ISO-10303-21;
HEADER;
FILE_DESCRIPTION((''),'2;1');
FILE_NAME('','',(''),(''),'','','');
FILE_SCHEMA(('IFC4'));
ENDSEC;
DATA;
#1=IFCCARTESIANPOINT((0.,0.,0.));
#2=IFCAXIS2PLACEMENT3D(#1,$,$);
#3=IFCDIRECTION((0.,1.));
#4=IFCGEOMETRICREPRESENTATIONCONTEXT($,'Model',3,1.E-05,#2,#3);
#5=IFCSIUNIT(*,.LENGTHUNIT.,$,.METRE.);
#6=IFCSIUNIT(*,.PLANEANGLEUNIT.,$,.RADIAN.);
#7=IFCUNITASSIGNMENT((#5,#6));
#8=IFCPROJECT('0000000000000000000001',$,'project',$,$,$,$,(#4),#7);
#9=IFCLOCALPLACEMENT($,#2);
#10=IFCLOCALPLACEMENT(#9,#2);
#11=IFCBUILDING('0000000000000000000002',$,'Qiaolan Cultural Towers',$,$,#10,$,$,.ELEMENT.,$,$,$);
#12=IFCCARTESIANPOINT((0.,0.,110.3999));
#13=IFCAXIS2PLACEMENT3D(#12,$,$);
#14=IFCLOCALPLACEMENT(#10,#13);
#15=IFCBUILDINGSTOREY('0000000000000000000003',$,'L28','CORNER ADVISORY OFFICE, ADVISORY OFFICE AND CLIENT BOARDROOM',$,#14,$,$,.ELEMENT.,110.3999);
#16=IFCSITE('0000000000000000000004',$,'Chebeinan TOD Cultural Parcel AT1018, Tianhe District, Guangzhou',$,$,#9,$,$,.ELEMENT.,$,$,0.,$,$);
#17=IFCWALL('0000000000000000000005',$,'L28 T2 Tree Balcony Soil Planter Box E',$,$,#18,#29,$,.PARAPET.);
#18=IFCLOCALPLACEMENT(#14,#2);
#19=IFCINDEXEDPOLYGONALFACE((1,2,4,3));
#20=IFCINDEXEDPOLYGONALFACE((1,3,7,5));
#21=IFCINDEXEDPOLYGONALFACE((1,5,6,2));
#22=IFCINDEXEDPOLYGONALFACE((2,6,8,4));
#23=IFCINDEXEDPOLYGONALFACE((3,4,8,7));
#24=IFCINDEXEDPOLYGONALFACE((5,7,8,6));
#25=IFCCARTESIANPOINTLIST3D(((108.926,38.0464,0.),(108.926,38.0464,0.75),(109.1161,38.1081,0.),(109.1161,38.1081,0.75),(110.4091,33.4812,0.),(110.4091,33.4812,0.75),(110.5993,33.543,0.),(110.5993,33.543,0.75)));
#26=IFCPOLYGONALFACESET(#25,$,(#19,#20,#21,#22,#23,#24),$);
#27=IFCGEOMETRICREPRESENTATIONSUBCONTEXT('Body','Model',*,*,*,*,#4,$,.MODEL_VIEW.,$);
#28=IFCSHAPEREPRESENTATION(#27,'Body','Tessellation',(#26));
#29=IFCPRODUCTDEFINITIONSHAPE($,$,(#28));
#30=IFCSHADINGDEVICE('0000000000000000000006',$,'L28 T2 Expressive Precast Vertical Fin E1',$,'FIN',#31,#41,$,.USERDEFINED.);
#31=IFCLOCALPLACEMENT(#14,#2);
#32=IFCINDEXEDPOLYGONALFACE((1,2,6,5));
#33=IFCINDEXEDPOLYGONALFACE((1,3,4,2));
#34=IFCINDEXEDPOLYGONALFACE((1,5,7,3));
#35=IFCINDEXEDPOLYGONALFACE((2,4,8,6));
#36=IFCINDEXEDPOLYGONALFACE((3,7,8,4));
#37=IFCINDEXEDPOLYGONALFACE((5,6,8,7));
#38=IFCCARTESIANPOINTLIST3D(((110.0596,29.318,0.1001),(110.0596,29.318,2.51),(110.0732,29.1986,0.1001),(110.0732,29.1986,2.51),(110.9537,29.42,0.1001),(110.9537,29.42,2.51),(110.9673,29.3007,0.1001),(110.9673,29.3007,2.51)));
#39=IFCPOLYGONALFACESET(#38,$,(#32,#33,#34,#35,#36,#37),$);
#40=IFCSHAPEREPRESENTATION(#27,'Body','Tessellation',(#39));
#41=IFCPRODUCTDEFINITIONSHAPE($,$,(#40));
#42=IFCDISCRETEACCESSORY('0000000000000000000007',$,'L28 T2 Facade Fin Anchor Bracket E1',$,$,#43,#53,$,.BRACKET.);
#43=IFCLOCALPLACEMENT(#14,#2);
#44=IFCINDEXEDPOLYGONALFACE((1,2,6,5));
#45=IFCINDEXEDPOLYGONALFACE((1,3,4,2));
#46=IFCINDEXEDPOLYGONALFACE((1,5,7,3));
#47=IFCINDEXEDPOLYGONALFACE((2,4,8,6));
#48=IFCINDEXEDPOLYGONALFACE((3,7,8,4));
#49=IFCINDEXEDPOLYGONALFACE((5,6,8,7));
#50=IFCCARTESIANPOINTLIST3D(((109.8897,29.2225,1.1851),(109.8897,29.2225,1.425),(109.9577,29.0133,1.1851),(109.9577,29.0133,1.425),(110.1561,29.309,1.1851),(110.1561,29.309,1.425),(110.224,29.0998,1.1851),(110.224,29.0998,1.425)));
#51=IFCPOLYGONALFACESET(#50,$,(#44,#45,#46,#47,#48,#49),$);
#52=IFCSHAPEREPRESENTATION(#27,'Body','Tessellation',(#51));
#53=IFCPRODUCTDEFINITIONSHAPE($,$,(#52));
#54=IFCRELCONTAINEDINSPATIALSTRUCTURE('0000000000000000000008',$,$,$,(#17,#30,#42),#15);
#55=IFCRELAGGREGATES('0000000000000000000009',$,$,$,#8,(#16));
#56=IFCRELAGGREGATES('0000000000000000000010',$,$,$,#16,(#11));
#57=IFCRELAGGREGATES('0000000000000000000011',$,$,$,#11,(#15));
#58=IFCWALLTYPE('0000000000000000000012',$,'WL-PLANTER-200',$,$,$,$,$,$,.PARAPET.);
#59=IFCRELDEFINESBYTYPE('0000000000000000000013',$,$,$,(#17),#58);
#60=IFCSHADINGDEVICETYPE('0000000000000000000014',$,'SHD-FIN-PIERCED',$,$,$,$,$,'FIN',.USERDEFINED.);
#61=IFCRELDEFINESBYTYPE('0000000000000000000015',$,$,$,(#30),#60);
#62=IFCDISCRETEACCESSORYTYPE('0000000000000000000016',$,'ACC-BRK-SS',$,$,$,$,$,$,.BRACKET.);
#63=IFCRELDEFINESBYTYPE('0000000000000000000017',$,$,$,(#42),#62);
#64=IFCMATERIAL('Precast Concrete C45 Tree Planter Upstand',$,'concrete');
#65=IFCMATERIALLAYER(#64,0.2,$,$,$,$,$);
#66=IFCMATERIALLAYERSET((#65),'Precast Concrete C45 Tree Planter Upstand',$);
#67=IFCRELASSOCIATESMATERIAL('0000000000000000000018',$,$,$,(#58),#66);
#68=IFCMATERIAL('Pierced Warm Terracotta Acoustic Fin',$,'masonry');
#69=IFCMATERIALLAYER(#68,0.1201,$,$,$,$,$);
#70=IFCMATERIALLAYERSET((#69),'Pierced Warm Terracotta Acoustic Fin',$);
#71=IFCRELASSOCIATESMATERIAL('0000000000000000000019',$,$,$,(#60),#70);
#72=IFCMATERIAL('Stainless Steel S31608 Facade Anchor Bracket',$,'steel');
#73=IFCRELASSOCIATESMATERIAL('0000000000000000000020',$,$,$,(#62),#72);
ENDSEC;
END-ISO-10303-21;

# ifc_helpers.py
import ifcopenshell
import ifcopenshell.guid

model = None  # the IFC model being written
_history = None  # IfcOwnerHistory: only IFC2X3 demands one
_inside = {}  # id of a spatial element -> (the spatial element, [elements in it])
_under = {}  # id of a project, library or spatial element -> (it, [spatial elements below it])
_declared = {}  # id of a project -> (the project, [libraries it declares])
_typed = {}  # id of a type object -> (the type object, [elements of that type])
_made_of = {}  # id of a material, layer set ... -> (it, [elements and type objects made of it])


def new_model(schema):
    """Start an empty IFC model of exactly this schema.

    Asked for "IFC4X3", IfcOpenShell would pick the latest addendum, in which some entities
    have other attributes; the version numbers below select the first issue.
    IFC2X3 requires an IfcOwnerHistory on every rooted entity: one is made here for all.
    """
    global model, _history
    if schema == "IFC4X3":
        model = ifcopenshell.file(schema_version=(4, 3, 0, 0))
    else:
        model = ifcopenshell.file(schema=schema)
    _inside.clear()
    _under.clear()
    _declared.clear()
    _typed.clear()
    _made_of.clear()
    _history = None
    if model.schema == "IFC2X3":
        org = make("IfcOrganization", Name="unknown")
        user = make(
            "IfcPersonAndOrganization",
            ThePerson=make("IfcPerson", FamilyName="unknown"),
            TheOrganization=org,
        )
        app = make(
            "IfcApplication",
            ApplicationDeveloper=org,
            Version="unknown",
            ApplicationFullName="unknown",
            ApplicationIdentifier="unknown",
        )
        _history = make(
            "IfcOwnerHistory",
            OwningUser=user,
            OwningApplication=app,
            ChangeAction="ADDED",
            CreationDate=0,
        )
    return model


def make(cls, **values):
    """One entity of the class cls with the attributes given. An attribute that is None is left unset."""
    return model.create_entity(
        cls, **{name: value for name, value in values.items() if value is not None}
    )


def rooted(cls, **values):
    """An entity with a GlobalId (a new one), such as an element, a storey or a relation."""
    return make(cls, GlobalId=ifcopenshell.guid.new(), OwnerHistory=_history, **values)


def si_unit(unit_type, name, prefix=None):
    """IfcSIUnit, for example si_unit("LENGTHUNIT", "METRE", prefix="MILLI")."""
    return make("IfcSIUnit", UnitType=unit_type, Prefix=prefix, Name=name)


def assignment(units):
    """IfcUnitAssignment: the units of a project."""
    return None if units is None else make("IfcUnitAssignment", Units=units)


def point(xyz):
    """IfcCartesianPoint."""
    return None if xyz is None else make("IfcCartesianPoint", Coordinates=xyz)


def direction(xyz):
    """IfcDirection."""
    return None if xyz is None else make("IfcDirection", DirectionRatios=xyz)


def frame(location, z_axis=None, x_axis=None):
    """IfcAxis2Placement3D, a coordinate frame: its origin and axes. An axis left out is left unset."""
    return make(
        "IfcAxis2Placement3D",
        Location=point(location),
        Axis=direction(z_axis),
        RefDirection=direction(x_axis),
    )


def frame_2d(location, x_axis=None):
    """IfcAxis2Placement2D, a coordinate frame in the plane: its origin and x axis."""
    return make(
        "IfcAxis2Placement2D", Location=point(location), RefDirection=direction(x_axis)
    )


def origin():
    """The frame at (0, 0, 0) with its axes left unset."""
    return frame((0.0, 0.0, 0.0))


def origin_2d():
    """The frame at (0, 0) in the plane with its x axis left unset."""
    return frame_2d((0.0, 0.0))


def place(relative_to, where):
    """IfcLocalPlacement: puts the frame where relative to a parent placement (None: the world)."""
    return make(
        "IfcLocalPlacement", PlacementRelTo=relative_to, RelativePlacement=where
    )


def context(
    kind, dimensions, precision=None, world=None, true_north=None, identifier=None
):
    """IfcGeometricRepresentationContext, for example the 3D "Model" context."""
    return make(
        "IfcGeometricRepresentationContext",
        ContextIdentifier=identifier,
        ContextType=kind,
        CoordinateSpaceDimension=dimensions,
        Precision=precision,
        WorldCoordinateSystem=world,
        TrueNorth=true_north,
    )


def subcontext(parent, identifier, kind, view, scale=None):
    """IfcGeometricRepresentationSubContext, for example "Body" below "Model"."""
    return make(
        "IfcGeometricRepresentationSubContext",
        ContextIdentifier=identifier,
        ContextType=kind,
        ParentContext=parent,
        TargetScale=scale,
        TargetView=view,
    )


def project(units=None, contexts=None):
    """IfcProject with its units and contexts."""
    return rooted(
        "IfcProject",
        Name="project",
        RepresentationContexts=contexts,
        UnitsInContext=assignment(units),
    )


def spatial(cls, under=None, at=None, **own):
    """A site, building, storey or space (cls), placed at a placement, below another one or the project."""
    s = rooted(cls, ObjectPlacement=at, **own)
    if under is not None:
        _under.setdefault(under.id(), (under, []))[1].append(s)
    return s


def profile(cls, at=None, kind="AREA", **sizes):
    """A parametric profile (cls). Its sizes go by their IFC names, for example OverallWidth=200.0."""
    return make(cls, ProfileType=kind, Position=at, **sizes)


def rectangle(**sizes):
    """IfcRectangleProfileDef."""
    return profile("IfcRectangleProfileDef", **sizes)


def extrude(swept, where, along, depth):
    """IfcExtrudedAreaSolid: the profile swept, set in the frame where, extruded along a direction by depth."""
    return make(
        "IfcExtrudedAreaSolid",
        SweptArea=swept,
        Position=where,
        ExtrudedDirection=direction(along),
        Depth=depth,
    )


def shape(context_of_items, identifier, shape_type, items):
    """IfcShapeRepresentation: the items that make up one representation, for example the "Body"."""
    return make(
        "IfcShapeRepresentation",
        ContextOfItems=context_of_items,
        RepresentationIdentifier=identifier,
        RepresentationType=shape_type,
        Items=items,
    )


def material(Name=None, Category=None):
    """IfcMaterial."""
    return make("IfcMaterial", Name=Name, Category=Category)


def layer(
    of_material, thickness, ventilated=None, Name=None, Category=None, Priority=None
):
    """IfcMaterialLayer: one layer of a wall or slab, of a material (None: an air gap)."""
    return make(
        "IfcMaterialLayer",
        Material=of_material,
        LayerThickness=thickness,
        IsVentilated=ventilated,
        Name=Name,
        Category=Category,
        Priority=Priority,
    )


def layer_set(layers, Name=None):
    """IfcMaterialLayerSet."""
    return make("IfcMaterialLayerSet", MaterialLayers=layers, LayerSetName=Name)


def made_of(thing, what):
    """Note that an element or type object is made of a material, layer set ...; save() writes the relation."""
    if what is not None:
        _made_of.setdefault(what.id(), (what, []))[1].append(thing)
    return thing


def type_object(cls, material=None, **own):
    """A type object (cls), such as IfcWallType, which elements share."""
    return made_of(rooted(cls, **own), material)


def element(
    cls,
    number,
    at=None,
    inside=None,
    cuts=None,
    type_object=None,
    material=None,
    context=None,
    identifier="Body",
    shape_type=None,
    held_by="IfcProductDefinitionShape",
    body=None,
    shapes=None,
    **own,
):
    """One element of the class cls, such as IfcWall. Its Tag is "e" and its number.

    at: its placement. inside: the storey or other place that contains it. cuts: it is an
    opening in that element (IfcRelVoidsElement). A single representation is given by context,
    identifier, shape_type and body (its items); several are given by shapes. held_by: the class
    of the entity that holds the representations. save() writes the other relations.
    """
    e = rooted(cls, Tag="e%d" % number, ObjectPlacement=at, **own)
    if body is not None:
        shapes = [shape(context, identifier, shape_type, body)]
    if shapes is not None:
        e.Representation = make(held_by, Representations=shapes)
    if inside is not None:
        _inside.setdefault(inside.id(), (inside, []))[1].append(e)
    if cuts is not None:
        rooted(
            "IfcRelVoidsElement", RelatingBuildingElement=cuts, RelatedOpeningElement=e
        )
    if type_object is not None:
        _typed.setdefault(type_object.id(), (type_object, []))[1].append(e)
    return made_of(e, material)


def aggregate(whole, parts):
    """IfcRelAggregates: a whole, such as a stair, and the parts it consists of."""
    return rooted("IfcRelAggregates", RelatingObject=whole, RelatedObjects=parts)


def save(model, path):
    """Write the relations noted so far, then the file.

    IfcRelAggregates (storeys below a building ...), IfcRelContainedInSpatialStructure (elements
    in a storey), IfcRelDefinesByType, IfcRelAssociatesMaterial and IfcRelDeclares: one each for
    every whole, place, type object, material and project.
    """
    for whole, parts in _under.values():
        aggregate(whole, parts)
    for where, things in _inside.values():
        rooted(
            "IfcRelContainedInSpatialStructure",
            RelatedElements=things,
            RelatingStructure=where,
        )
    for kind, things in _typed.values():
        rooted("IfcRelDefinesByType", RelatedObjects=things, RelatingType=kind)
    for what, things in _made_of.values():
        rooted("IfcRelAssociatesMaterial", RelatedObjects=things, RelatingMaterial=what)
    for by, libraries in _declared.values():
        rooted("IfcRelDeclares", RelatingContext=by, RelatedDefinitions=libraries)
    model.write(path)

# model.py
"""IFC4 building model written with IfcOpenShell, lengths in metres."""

from ifc_helpers import new_model, si_unit, direction, frame, frame_2d, origin, origin_2d, place, context, subcontext, project, spatial, rectangle, extrude, material, layer, layer_set, type_object, element, save


model = new_model("IFC4")

# Units and contexts
model_context = context("Model", 3, precision=1e-05, world=origin(), true_north=direction((0.0, 1.0)))
body_context = subcontext(model_context, "Body", "Model", "MODEL_VIEW")
ifc_project = project(units=[si_unit("LENGTHUNIT", "METRE"), si_unit("PLANEANGLEUNIT", "RADIAN")], contexts=[model_context])

# Site, building, storey
site_placement = place(None, origin())
site = spatial("IfcSite", under=ifc_project, at=site_placement, Name="Chebeinan TOD Cultural Parcel AT1018, Tianhe District, Guangzhou", CompositionType="ELEMENT", RefElevation=0.0)
building_placement = place(site_placement, origin())
building = spatial("IfcBuilding", under=site, at=building_placement, Name="Qiaolan Cultural Towers", CompositionType="ELEMENT")
storey_placement = place(building_placement, frame((0.0, 0.0, 110.3999)))
storey = spatial("IfcBuildingStorey", under=building, at=storey_placement, Name="L28", Description="CORNER ADVISORY OFFICE, ADVISORY OFFICE AND CLIENT BOARDROOM", CompositionType="ELEMENT", Elevation=110.3999)

# Wall
ifc_material_1 = material(Name="Precast Concrete C45 Tree Planter Upstand", Category="concrete")
ifc_layer_1 = layer(ifc_material_1, 0.2)
ifc_layer_set_1 = layer_set([ifc_layer_1], Name="Precast Concrete C45 Tree Planter Upstand")
wall_type_1 = type_object("IfcWallType", Name="WL-PLANTER-200", PredefinedType="PARAPET", material=ifc_layer_set_1)
wall_1_placement = place(storey_placement, frame((110.5042, 33.5122, 0.0), z_axis=(0.0, 0.0, 1.0), x_axis=(-0.308986, 0.951067, 0.0)))
element("IfcWall", 1, at=wall_1_placement, inside=storey, type_object=wall_type_1, Name="L28 T2 Tree Balcony Soil Planter Box E", PredefinedType="PARAPET", context=body_context, shape_type="SweptSolid", body=[
    extrude(rectangle(XDim=4.8, YDim=0.2, at=frame_2d((2.3999, 0.0))), origin(), (0.0, 0.0, 1.0), 0.75),
])

# Shading device
ifc_material_2 = material(Name="Pierced Warm Terracotta Acoustic Fin", Category="masonry")
ifc_layer_2 = layer(ifc_material_2, 0.1201)
ifc_layer_set_2 = layer_set([ifc_layer_2], Name="Pierced Warm Terracotta Acoustic Fin")
shading_device_type = type_object("IfcShadingDeviceType", Name="SHD-FIN-PIERCED", ElementType="FIN", PredefinedType="USERDEFINED", material=ifc_layer_set_2)
shading_device_placement = place(storey_placement, frame((110.5134, 29.3093, 0.1001), z_axis=(0.0, 0.0, 1.0), x_axis=(0.993553, 0.113365, 0.0)))
element("IfcShadingDevice", 2, at=shading_device_placement, inside=storey, type_object=shading_device_type, Name="L28 T2 Expressive Precast Vertical Fin E1", ObjectType="FIN", PredefinedType="USERDEFINED", context=body_context, shape_type="SweptSolid", body=[
    extrude(rectangle(XDim=0.8999, YDim=0.1201, at=origin_2d()), origin(), (0.0, 0.0, 1.0), 2.4099),
])

# Discrete accessory
ifc_material_3 = material(Name="Stainless Steel S31608 Facade Anchor Bracket", Category="steel")
discrete_accessory_type = type_object("IfcDiscreteAccessoryType", Name="ACC-BRK-SS", PredefinedType="BRACKET", material=ifc_material_3)
discrete_accessory_placement = place(storey_placement, frame((110.0569, 29.1611, 1.1851), z_axis=(0.0, 0.0, 1.0), x_axis=(0.951057, 0.309017, 0.0)))
element("IfcDiscreteAccessory", 3, at=discrete_accessory_placement, inside=storey, type_object=discrete_accessory_type, Name="L28 T2 Facade Fin Anchor Bracket E1", PredefinedType="BRACKET", context=body_context, shape_type="SweptSolid", body=[
    extrude(rectangle(XDim=0.28, YDim=0.22, at=origin_2d()), origin(), (0.0, 0.0, 1.0), 0.24),
])

save(model, "model.ifc")
